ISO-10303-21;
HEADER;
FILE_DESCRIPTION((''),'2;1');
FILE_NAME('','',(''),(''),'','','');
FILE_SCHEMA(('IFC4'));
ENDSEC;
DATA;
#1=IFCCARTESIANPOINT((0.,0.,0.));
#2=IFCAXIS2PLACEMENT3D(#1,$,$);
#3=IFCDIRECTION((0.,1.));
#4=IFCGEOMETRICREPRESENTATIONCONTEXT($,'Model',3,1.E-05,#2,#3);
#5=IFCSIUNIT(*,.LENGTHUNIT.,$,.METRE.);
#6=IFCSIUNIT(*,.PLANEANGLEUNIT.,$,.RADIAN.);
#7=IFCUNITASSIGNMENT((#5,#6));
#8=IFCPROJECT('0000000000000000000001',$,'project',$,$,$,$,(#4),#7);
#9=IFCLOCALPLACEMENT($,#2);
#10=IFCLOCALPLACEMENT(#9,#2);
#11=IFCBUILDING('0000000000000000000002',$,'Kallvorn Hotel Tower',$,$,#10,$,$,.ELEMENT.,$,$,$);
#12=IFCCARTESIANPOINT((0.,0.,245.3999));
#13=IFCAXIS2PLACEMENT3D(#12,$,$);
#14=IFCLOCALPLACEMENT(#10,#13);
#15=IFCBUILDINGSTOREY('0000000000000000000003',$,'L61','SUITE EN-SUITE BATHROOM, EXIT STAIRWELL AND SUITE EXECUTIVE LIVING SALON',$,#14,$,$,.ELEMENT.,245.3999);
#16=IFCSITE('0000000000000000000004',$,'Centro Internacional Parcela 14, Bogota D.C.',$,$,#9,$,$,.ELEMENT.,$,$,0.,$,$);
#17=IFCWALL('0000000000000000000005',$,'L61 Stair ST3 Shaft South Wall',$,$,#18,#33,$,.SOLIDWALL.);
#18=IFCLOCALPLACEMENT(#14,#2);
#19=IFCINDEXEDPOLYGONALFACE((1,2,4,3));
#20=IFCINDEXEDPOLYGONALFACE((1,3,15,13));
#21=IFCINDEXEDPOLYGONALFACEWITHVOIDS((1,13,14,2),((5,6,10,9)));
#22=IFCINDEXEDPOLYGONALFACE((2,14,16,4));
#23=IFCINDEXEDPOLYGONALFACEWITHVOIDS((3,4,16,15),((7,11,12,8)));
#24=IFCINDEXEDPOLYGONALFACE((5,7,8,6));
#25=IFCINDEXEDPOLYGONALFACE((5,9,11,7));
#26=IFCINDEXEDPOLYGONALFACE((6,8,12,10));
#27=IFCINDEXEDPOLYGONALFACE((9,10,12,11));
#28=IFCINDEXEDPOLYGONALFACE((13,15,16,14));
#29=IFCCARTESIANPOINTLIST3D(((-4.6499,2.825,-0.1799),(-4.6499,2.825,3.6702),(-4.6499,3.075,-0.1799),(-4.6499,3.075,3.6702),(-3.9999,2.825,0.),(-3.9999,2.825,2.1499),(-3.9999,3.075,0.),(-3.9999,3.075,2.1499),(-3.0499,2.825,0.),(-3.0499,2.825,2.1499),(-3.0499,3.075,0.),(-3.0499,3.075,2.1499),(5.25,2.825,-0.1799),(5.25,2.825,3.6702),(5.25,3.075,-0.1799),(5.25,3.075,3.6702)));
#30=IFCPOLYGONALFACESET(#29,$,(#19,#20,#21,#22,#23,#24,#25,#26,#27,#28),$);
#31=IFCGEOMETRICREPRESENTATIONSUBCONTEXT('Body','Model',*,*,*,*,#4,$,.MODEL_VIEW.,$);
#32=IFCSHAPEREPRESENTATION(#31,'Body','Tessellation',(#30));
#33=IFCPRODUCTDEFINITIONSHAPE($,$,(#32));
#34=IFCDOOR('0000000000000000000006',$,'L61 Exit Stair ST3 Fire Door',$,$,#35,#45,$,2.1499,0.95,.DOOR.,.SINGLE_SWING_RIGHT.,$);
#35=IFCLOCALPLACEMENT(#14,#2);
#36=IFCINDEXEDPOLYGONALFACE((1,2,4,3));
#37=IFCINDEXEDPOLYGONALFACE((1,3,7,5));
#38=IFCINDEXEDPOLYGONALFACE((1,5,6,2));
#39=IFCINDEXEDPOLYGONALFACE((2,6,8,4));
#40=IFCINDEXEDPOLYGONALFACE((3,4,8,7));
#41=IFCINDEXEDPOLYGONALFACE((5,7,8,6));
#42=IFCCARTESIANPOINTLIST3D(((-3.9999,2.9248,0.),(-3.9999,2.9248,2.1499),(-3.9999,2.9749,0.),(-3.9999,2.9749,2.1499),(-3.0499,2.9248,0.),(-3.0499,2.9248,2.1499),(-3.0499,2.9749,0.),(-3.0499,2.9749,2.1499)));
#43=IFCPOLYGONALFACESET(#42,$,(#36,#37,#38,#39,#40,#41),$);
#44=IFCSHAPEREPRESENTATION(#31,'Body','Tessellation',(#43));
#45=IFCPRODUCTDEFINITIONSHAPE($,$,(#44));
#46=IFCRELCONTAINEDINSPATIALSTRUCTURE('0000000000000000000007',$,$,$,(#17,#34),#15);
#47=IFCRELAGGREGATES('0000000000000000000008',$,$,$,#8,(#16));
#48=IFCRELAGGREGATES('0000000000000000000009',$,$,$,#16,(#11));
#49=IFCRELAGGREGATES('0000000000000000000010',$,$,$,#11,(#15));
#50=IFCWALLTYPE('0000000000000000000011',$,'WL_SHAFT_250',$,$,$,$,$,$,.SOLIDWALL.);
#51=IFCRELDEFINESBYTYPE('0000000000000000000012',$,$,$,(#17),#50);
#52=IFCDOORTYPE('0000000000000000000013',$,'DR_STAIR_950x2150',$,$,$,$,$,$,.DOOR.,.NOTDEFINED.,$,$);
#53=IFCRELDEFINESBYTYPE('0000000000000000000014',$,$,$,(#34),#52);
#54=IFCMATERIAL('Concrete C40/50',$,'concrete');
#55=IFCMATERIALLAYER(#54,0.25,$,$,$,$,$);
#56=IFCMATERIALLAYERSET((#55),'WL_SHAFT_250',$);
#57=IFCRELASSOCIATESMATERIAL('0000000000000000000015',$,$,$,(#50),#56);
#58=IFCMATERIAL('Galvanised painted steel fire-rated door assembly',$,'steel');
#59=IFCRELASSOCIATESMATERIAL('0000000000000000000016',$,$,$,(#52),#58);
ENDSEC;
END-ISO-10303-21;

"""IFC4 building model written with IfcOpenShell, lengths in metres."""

from ifc_helpers import new_model, si_unit, direction, frame, frame_2d, origin, place, context, subcontext, project, spatial, rectangle, extrude, material, layer, layer_set, type_object, element, fill, save


model = new_model("IFC4")

# Units and contexts
model_context = context("Model", 3, precision=1e-05, world=origin(), true_north=direction((0.0, 1.0)))
body_context = subcontext(model_context, "Body", "Model", "MODEL_VIEW")
ifc_project = project(units=[si_unit("LENGTHUNIT", "METRE"), si_unit("PLANEANGLEUNIT", "RADIAN")], contexts=[model_context])

# Site, building, storey
site_placement = place(None, origin())
site = spatial("IfcSite", under=ifc_project, at=site_placement, Name="Centro Internacional Parcela 14, Bogota D.C.", CompositionType="ELEMENT", RefElevation=0.0)
building_placement = place(site_placement, origin())
building = spatial("IfcBuilding", under=site, at=building_placement, Name="Kallvorn Hotel Tower", CompositionType="ELEMENT")
storey_placement = place(building_placement, frame((0.0, 0.0, 245.3999)))
storey = spatial("IfcBuildingStorey", under=building, at=storey_placement, Name="L61", Description="SUITE EN-SUITE BATHROOM, EXIT STAIRWELL AND SUITE EXECUTIVE LIVING SALON", CompositionType="ELEMENT", Elevation=245.3999)

# Shared definitions
ifc_material_1 = material(Name="Concrete C40/50", Category="concrete")
ifc_layer_1 = layer(ifc_material_1, 0.25)
ifc_layer_set_1 = layer_set([ifc_layer_1], Name="WL_SHAFT_250")
wall_type_1 = type_object("IfcWallType", Name="WL_SHAFT_250", PredefinedType="SOLIDWALL", material=ifc_layer_set_1)

# Wall, opening, door
wall_1_placement = place(storey_placement, frame((-4.6499, 2.95, -0.1799), z_axis=(0.0, 0.0, 1.0), x_axis=(1.0, 0.0, 0.0)))
wall_1 = element("IfcWall", 1, at=wall_1_placement, inside=storey, type_object=wall_type_1, Name="L61 Stair ST3 Shaft South Wall", PredefinedType="SOLIDWALL", context=body_context, shape_type="SweptSolid", body=[
    extrude(rectangle(XDim=9.8999, YDim=0.25, at=frame_2d((4.95, 0.0))), origin(), (0.0, 0.0, 1.0), 3.8501),
])
opening_1_placement = place(wall_1_placement, frame((0.6499, 0.0, 0.1799)))
opening_1 = element("IfcOpeningElement", 2, at=opening_1_placement, cuts=wall_1, PredefinedType="OPENING", context=body_context, shape_type="SweptSolid", body=[
    extrude(rectangle(XDim=0.95, YDim=2.1499, at=frame_2d((0.4751, 1.075))), frame((0.0, 0.1399, 0.0), z_axis=(0.0, -1.0, 0.0), x_axis=(1.0, 0.0, 0.0)), (0.0, 0.0, 1.0), 0.28),
])
ifc_material_2 = material(Name="Galvanised painted steel fire-rated door assembly", Category="steel")
door_type_1 = type_object("IfcDoorType", Name="DR_STAIR_950x2150", OperationType="NOTDEFINED", PredefinedType="DOOR", material=ifc_material_2)
door_1_placement = place(opening_1_placement, origin())
door_1 = element("IfcDoor", 3, at=door_1_placement, inside=storey, type_object=door_type_1, Name="L61 Exit Stair ST3 Fire Door", OperationType="SINGLE_SWING_RIGHT", OverallHeight=2.1499, OverallWidth=0.95, PredefinedType="DOOR", context=body_context, shape_type="SweptSolid", body=[
    extrude(rectangle(XDim=0.95, YDim=2.1499, at=frame_2d((0.4751, 1.075))), frame((0.0, 0.0249, 0.0), z_axis=(0.0, -1.0, 0.0), x_axis=(1.0, 0.0, 0.0)), (0.0, 0.0, 1.0), 0.05),
])
fill(opening_1, door_1)

save(model, "model.ifc")
